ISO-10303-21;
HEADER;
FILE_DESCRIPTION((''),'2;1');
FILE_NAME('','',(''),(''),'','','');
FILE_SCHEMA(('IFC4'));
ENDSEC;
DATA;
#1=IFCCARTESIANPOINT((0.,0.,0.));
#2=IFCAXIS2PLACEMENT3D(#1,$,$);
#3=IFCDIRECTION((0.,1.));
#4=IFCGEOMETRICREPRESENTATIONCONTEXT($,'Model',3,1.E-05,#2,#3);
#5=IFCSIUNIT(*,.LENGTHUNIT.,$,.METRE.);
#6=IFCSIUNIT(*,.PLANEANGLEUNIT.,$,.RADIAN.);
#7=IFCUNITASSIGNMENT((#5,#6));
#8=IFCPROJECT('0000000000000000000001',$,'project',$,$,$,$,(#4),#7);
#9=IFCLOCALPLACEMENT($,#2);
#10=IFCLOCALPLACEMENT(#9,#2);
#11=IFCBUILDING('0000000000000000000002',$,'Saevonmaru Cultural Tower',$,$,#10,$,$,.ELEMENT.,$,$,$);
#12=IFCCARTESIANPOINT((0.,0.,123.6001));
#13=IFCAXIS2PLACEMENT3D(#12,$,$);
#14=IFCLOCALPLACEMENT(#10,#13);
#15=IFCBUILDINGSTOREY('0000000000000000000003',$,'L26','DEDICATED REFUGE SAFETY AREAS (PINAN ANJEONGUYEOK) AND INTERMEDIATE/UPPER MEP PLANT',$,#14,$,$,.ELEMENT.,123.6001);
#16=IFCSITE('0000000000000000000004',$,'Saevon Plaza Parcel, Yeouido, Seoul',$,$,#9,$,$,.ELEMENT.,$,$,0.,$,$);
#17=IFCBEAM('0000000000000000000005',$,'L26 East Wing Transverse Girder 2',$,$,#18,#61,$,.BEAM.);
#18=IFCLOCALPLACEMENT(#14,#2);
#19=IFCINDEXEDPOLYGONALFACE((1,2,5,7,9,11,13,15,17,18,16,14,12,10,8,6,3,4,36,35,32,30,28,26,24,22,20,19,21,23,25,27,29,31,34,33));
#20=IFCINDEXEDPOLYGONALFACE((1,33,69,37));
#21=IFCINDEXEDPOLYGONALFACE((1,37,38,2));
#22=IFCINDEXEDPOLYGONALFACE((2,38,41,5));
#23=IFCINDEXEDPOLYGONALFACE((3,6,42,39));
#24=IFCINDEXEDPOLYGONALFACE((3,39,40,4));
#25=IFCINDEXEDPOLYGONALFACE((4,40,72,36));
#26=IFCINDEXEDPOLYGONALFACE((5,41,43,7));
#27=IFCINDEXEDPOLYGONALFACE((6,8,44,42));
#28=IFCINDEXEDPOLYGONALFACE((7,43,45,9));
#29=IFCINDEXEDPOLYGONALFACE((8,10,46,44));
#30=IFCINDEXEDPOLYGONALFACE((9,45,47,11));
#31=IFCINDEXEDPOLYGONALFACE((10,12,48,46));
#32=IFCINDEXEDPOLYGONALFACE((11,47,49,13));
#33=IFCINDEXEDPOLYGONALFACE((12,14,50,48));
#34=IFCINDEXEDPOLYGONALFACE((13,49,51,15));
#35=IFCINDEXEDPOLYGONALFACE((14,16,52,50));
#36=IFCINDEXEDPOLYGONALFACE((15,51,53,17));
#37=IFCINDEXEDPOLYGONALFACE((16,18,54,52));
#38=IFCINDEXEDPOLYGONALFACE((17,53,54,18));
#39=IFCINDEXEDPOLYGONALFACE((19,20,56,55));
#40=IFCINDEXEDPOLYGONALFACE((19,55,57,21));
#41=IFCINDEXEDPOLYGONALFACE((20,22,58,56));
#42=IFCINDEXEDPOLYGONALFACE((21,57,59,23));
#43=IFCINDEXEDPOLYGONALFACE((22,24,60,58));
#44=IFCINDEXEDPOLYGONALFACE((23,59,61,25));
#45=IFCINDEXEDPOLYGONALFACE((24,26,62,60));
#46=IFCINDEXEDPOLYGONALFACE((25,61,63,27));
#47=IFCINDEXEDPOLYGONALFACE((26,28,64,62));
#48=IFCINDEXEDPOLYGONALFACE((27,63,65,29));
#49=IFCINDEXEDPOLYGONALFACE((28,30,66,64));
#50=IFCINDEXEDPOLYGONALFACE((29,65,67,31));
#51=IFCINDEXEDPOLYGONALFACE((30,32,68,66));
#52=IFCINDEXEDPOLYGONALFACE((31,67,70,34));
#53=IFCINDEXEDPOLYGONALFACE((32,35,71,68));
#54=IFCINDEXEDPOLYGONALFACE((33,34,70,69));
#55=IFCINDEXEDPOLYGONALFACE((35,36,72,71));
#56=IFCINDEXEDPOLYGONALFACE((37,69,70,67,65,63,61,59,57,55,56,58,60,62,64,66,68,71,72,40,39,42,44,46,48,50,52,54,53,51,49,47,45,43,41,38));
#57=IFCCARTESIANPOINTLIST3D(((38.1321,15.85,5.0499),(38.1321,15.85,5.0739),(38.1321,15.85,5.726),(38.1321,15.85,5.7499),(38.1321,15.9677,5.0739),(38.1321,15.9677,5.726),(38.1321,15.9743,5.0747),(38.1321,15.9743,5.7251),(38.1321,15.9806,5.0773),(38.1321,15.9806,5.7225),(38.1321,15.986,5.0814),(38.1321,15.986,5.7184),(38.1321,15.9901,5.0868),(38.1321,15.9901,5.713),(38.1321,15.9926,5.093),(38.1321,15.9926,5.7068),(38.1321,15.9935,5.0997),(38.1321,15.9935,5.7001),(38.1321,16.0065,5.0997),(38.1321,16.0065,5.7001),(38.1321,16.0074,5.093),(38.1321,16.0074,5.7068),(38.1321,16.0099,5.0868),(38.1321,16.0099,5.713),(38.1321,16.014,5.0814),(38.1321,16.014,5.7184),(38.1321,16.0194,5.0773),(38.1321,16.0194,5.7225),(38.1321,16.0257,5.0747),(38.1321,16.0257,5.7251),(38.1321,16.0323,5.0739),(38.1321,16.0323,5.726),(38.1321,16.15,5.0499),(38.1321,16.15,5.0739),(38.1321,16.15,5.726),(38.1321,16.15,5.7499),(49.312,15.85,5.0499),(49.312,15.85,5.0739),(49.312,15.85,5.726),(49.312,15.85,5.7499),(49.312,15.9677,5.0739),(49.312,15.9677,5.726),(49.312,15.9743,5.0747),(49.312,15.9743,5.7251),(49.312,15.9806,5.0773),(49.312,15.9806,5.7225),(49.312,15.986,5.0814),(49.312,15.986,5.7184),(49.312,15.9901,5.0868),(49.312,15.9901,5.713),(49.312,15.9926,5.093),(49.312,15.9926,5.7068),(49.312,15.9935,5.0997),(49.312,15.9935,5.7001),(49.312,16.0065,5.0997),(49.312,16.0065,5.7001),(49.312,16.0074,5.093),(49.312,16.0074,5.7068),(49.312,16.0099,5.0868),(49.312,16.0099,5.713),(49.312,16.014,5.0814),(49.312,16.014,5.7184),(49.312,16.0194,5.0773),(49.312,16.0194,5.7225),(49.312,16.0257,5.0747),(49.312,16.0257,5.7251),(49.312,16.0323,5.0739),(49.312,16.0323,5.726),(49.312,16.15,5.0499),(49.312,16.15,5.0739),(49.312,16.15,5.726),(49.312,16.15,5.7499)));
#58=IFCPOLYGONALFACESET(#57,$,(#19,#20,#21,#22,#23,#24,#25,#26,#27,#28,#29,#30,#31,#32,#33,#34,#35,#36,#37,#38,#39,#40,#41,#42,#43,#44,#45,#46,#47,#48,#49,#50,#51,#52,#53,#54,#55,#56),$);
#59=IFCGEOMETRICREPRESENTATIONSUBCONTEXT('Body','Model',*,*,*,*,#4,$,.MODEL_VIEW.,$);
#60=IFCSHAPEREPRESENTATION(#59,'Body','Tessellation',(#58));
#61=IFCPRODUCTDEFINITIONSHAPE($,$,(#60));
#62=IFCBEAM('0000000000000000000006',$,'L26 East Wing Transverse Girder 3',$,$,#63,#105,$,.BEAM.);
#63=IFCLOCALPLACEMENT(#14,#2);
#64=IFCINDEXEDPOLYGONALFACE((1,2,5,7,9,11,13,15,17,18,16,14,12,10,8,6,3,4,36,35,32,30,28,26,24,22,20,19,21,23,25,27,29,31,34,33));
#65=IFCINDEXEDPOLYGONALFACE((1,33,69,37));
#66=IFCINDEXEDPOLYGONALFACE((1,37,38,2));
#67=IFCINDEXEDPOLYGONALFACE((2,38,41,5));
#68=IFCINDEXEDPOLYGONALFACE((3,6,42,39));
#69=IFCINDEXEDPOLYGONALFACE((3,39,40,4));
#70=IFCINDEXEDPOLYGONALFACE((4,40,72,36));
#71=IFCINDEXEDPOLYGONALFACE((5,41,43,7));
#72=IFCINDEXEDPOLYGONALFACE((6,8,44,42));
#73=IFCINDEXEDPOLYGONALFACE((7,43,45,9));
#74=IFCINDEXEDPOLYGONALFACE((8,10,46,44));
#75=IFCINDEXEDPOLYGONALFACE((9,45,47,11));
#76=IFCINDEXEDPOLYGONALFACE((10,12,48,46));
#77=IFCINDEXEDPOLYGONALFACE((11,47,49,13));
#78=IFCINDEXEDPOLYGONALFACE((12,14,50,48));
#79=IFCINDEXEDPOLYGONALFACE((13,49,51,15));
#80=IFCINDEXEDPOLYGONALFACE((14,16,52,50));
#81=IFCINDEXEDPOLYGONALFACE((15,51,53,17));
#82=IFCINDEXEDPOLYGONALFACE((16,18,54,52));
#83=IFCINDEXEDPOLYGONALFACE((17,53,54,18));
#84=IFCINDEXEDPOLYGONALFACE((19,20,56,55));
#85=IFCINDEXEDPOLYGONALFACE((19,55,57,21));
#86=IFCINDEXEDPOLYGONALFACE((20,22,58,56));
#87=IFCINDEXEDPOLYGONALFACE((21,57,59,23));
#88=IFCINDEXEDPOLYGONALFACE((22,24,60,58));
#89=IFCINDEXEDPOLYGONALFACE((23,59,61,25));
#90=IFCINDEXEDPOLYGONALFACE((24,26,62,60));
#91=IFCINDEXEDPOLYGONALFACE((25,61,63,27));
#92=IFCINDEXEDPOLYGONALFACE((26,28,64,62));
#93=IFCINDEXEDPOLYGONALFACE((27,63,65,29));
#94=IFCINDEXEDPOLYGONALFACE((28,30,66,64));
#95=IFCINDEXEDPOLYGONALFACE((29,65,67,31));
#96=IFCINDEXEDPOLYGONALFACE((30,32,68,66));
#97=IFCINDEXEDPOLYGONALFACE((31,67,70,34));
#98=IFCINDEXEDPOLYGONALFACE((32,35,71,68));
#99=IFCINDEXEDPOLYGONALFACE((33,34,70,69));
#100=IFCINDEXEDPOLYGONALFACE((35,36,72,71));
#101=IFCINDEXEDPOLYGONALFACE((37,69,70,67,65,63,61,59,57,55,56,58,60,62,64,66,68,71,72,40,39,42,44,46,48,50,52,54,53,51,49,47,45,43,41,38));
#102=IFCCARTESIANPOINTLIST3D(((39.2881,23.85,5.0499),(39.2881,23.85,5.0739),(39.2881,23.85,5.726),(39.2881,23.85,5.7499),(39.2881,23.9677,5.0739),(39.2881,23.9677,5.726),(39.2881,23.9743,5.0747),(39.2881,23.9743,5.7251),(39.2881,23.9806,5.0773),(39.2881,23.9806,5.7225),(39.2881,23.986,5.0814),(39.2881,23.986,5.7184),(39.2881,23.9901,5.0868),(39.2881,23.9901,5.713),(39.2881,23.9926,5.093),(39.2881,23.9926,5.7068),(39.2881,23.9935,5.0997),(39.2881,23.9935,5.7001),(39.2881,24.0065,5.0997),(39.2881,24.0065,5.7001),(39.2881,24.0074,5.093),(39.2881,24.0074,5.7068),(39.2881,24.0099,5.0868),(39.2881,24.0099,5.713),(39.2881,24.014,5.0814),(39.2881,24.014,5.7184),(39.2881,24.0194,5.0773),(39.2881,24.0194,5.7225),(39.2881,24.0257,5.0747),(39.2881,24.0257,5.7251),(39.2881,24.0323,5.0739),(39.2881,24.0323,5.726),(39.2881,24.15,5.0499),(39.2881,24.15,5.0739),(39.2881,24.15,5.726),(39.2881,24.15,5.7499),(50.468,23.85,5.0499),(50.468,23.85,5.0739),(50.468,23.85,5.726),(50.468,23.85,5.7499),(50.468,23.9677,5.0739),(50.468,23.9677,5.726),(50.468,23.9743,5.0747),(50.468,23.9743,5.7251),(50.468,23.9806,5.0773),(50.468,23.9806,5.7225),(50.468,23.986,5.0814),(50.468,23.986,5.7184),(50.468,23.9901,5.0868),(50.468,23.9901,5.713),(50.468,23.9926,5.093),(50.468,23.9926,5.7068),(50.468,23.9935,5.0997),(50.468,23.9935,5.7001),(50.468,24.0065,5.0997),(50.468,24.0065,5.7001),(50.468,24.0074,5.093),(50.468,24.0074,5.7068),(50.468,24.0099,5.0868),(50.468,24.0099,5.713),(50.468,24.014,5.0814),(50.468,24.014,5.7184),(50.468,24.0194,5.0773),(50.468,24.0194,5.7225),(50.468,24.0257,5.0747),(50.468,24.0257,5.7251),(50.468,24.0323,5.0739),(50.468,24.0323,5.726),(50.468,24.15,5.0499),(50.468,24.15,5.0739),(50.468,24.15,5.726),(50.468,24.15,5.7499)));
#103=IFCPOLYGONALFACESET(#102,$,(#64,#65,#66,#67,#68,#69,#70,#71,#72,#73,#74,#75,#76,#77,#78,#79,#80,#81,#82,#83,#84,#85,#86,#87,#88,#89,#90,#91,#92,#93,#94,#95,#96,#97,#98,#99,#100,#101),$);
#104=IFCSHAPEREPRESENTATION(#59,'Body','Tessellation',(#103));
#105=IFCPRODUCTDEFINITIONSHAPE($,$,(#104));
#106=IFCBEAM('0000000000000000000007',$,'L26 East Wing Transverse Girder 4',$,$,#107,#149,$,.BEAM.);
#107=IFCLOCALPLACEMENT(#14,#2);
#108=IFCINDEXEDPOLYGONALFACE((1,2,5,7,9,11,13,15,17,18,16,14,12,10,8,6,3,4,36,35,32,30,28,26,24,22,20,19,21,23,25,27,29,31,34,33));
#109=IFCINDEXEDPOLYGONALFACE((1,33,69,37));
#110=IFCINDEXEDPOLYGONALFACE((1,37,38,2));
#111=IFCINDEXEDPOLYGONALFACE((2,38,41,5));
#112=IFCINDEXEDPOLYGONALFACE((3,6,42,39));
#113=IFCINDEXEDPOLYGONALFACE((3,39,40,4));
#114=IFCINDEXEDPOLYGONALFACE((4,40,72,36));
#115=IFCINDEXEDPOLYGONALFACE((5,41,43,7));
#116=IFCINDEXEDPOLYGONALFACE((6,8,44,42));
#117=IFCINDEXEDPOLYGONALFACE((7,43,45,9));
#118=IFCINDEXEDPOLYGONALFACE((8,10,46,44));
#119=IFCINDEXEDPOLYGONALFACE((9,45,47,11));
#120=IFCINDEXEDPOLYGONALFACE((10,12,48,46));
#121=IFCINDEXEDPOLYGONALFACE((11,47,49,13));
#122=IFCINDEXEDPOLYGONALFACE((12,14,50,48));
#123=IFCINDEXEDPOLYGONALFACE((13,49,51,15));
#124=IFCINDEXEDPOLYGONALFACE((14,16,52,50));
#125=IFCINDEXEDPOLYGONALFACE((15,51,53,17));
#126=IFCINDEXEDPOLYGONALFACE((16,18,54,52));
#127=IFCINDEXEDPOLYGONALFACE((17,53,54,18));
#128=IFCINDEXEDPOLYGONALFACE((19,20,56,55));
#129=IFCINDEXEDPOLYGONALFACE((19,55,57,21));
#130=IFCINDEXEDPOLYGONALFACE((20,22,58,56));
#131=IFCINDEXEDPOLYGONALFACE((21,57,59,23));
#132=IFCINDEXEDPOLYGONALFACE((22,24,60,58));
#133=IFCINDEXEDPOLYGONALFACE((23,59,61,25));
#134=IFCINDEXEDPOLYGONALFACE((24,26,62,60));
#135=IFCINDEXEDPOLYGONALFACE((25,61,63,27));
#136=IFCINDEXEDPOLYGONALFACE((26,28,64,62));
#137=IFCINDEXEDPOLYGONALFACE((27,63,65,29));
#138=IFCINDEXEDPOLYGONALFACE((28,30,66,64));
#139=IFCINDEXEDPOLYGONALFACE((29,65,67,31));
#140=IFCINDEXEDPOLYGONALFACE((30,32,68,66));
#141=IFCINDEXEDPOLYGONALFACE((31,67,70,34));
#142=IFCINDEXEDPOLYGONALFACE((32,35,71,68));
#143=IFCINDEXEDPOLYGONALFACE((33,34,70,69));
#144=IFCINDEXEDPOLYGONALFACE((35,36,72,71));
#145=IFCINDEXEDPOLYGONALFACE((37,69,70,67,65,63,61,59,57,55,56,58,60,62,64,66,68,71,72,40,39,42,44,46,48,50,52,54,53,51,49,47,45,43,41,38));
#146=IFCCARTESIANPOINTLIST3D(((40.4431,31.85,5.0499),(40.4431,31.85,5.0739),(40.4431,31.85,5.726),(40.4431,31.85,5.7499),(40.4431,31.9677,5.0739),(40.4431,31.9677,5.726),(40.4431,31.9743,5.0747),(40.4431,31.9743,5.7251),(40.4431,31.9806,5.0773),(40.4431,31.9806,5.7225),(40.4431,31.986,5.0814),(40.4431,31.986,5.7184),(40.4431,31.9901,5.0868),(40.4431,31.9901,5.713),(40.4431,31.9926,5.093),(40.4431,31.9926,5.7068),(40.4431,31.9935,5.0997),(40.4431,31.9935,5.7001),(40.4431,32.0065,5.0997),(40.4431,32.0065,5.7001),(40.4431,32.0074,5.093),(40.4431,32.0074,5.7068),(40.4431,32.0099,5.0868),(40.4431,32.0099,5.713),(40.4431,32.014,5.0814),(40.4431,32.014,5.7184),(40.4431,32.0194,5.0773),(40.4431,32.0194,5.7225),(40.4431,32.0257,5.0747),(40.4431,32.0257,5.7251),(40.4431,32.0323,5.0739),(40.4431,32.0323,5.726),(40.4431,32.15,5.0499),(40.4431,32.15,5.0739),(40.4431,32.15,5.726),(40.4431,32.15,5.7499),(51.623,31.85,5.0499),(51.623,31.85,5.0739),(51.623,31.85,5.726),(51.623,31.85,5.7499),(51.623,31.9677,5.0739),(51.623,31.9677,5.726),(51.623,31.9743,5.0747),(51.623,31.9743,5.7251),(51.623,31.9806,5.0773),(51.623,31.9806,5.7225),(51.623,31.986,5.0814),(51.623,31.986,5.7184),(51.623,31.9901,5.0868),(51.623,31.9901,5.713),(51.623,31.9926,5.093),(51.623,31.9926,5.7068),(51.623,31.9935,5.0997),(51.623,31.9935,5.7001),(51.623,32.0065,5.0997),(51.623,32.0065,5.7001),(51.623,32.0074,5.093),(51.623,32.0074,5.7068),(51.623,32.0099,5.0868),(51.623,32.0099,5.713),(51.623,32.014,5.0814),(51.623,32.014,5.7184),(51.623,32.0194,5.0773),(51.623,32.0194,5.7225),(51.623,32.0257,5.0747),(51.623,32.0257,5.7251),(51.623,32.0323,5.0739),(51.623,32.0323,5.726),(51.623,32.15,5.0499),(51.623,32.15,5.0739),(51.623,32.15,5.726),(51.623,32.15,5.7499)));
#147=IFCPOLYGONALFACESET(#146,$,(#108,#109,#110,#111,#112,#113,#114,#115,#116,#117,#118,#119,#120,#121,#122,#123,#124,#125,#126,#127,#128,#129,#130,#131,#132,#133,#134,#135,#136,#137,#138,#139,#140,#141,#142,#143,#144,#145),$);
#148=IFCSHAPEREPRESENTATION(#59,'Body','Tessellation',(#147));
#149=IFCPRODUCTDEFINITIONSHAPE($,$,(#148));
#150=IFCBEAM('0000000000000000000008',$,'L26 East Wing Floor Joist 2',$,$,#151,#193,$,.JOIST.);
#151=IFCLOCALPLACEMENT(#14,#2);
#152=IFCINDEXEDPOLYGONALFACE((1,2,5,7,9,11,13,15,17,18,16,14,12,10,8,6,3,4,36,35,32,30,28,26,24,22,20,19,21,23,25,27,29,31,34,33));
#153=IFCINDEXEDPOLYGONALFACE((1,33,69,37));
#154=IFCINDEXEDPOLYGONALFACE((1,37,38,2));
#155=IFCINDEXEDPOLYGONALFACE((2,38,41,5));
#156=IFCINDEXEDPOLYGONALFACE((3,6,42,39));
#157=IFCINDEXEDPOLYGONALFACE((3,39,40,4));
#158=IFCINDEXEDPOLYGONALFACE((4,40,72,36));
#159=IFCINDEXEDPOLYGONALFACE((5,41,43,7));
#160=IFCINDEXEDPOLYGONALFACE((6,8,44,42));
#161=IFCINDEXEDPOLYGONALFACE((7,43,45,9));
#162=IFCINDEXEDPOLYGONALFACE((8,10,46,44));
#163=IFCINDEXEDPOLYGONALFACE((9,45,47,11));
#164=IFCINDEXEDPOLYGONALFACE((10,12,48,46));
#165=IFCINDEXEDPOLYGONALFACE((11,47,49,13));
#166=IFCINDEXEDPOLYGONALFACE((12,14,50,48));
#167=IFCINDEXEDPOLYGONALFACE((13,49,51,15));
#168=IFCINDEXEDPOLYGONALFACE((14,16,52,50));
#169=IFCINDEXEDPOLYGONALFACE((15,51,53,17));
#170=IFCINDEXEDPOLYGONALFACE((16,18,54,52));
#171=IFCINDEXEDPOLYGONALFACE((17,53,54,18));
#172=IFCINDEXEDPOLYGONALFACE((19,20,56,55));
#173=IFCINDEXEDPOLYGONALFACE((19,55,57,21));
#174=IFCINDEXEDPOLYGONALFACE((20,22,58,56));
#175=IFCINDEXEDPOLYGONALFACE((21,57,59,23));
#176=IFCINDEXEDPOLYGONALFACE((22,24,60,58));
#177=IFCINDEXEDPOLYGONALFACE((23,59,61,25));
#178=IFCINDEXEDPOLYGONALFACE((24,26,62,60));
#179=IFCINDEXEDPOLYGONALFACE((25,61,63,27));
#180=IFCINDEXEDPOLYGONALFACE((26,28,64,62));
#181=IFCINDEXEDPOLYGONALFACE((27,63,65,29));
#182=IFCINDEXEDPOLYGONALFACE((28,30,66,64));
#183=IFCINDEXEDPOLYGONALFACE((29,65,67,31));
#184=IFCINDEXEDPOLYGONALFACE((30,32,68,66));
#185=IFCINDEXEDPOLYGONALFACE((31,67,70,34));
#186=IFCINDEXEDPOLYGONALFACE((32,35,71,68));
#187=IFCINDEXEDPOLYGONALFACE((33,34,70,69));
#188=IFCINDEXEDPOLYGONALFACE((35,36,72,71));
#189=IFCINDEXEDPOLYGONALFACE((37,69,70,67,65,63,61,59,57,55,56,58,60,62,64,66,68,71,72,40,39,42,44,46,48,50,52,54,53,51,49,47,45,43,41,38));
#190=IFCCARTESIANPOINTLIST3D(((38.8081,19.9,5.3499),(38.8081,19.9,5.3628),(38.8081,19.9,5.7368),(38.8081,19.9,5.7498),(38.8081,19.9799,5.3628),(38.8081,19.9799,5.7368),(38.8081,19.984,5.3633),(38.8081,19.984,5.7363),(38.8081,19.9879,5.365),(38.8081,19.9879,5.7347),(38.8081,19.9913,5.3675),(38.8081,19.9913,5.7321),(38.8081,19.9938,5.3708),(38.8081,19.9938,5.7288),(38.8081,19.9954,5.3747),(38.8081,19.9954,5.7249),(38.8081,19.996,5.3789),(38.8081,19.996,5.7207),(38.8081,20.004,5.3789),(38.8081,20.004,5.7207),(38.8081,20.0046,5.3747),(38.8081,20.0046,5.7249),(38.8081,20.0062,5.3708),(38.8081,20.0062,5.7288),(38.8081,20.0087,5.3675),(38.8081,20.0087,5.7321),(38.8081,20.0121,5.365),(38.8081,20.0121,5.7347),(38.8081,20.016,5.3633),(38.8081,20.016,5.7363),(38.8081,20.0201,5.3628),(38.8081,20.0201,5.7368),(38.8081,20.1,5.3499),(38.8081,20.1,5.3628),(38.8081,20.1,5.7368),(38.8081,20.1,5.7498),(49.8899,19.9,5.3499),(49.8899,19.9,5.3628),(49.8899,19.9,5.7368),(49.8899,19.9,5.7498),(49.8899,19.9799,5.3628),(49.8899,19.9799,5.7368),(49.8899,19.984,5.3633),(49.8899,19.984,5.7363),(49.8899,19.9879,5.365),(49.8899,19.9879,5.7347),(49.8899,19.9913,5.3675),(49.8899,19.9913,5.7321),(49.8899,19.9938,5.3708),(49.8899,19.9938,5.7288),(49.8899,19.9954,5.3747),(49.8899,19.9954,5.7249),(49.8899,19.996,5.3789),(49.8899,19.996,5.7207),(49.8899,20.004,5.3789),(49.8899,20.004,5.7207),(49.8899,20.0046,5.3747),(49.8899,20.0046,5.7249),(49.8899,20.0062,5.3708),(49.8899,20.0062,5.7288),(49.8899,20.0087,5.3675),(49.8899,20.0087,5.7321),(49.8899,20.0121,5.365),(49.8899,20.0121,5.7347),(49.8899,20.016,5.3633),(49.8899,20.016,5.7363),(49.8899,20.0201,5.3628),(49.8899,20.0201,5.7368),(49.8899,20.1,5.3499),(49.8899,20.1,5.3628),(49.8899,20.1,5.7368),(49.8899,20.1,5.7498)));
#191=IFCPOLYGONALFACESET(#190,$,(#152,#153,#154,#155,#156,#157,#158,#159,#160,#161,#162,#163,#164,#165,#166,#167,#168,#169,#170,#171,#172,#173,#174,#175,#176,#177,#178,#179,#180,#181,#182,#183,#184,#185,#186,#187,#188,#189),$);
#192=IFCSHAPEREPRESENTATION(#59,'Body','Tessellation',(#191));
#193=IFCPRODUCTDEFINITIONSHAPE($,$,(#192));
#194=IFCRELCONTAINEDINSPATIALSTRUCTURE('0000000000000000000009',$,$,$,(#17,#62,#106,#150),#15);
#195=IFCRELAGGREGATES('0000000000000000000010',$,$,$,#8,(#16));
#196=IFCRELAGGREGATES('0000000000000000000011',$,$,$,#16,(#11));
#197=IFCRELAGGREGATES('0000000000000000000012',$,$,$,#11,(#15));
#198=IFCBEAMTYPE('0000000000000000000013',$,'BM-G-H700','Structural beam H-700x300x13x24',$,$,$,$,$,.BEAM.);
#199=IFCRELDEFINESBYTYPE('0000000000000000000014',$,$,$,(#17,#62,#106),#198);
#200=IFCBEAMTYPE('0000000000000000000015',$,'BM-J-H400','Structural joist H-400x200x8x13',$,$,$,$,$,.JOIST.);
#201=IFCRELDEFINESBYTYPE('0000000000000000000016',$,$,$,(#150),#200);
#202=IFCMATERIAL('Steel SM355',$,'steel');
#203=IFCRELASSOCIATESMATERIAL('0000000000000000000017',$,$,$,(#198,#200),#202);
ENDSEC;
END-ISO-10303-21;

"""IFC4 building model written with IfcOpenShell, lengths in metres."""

from ifc_helpers import new_model, si_unit, direction, frame, origin, origin_2d, place, context, subcontext, project, spatial, i_section, extrude, material, material_profile, profile_set, type_object, element, save


model = new_model("IFC4")

# Units and contexts
model_context = context("Model", 3, precision=1e-05, world=origin(), true_north=direction((0.0, 1.0)))
body_context = subcontext(model_context, "Body", "Model", "MODEL_VIEW")
ifc_project = project(units=[si_unit("LENGTHUNIT", "METRE"), si_unit("PLANEANGLEUNIT", "RADIAN")], contexts=[model_context])

# Site, building, storey
site_placement = place(None, origin())
site = spatial("IfcSite", under=ifc_project, at=site_placement, Name="Saevon Plaza Parcel, Yeouido, Seoul", CompositionType="ELEMENT", RefElevation=0.0)
building_placement = place(site_placement, origin())
building = spatial("IfcBuilding", under=site, at=building_placement, Name="Saevonmaru Cultural Tower", CompositionType="ELEMENT")
storey_placement = place(building_placement, frame((0.0, 0.0, 123.6001)))
storey = spatial("IfcBuildingStorey", under=building, at=storey_placement, Name="L26", Description="DEDICATED REFUGE SAFETY AREAS (PINAN ANJEONGUYEOK) AND INTERMEDIATE/UPPER MEP PLANT", CompositionType="ELEMENT", Elevation=123.6001)

# Shared definitions
ifc_material_1 = material(Name="Steel SM355", Category="steel")

# Beams
ifc_material_profile_1 = material_profile(ifc_material_1, i_section(OverallWidth=0.3, OverallDepth=0.7, WebThickness=0.0129, FlangeThickness=0.0239, FilletRadius=0.0259, at=origin_2d()), Name="H-700x300x13x24")
ifc_profile_set_1 = profile_set([ifc_material_profile_1], Name="Steel SM355")
beam_type_1 = type_object("IfcBeamType", Name="BM-G-H700", Description="Structural beam H-700x300x13x24", PredefinedType="BEAM", material=ifc_profile_set_1)
for number, where, z_axis, x_axis, name in (
    (1, (38.1321, 16.0, 5.3999), (1.0, 0.0, 0.0), (0.0, 1.0, 0.0), "L26 East Wing Transverse Girder 2"),
    (2, (39.2881, 24.0, 5.3999), (1.0, 0.0, 0.0), (0.0, 1.0, 0.0), "L26 East Wing Transverse Girder 3"),
    (3, (40.4431, 32.0, 5.3999), (1.0, 0.0, 0.0), (0.0, 1.0, 0.0), "L26 East Wing Transverse Girder 4"),
):
    element("IfcBeam", number, at=place(storey_placement, frame(where, z_axis=z_axis, x_axis=x_axis)), inside=storey, type_object=beam_type_1, Name=name, PredefinedType="BEAM", context=body_context, shape_type="SweptSolid", body=[
        extrude(i_section(OverallWidth=0.3, OverallDepth=0.7, WebThickness=0.0129, FlangeThickness=0.0239, FilletRadius=0.0259, at=origin_2d()), origin(), (0.0, 0.0, 1.0), 11.1799),
    ])
ifc_material_profile_2 = material_profile(ifc_material_1, i_section(OverallWidth=0.2, OverallDepth=0.3999, WebThickness=0.0081, FlangeThickness=0.0129, FilletRadius=0.0161, at=origin_2d()), Name="H-400x200x8x13")
ifc_profile_set_2 = profile_set([ifc_material_profile_2], Name="Steel SM355")
beam_type_2 = type_object("IfcBeamType", Name="BM-J-H400", Description="Structural joist H-400x200x8x13", PredefinedType="JOIST", material=ifc_profile_set_2)
beam_1_placement = place(storey_placement, frame((38.8081, 20.0, 5.5498), z_axis=(1.0, 0.0, 0.0), x_axis=(0.0, 1.0, 0.0)))
element("IfcBeam", 4, at=beam_1_placement, inside=storey, type_object=beam_type_2, Name="L26 East Wing Floor Joist 2", PredefinedType="JOIST", context=body_context, shape_type="SweptSolid", body=[
    extrude(i_section(OverallWidth=0.2, OverallDepth=0.3999, WebThickness=0.0081, FlangeThickness=0.0129, FilletRadius=0.0161, at=origin_2d()), origin(), (0.0, 0.0, 1.0), 11.0818),
])

save(model, "model.ifc")
